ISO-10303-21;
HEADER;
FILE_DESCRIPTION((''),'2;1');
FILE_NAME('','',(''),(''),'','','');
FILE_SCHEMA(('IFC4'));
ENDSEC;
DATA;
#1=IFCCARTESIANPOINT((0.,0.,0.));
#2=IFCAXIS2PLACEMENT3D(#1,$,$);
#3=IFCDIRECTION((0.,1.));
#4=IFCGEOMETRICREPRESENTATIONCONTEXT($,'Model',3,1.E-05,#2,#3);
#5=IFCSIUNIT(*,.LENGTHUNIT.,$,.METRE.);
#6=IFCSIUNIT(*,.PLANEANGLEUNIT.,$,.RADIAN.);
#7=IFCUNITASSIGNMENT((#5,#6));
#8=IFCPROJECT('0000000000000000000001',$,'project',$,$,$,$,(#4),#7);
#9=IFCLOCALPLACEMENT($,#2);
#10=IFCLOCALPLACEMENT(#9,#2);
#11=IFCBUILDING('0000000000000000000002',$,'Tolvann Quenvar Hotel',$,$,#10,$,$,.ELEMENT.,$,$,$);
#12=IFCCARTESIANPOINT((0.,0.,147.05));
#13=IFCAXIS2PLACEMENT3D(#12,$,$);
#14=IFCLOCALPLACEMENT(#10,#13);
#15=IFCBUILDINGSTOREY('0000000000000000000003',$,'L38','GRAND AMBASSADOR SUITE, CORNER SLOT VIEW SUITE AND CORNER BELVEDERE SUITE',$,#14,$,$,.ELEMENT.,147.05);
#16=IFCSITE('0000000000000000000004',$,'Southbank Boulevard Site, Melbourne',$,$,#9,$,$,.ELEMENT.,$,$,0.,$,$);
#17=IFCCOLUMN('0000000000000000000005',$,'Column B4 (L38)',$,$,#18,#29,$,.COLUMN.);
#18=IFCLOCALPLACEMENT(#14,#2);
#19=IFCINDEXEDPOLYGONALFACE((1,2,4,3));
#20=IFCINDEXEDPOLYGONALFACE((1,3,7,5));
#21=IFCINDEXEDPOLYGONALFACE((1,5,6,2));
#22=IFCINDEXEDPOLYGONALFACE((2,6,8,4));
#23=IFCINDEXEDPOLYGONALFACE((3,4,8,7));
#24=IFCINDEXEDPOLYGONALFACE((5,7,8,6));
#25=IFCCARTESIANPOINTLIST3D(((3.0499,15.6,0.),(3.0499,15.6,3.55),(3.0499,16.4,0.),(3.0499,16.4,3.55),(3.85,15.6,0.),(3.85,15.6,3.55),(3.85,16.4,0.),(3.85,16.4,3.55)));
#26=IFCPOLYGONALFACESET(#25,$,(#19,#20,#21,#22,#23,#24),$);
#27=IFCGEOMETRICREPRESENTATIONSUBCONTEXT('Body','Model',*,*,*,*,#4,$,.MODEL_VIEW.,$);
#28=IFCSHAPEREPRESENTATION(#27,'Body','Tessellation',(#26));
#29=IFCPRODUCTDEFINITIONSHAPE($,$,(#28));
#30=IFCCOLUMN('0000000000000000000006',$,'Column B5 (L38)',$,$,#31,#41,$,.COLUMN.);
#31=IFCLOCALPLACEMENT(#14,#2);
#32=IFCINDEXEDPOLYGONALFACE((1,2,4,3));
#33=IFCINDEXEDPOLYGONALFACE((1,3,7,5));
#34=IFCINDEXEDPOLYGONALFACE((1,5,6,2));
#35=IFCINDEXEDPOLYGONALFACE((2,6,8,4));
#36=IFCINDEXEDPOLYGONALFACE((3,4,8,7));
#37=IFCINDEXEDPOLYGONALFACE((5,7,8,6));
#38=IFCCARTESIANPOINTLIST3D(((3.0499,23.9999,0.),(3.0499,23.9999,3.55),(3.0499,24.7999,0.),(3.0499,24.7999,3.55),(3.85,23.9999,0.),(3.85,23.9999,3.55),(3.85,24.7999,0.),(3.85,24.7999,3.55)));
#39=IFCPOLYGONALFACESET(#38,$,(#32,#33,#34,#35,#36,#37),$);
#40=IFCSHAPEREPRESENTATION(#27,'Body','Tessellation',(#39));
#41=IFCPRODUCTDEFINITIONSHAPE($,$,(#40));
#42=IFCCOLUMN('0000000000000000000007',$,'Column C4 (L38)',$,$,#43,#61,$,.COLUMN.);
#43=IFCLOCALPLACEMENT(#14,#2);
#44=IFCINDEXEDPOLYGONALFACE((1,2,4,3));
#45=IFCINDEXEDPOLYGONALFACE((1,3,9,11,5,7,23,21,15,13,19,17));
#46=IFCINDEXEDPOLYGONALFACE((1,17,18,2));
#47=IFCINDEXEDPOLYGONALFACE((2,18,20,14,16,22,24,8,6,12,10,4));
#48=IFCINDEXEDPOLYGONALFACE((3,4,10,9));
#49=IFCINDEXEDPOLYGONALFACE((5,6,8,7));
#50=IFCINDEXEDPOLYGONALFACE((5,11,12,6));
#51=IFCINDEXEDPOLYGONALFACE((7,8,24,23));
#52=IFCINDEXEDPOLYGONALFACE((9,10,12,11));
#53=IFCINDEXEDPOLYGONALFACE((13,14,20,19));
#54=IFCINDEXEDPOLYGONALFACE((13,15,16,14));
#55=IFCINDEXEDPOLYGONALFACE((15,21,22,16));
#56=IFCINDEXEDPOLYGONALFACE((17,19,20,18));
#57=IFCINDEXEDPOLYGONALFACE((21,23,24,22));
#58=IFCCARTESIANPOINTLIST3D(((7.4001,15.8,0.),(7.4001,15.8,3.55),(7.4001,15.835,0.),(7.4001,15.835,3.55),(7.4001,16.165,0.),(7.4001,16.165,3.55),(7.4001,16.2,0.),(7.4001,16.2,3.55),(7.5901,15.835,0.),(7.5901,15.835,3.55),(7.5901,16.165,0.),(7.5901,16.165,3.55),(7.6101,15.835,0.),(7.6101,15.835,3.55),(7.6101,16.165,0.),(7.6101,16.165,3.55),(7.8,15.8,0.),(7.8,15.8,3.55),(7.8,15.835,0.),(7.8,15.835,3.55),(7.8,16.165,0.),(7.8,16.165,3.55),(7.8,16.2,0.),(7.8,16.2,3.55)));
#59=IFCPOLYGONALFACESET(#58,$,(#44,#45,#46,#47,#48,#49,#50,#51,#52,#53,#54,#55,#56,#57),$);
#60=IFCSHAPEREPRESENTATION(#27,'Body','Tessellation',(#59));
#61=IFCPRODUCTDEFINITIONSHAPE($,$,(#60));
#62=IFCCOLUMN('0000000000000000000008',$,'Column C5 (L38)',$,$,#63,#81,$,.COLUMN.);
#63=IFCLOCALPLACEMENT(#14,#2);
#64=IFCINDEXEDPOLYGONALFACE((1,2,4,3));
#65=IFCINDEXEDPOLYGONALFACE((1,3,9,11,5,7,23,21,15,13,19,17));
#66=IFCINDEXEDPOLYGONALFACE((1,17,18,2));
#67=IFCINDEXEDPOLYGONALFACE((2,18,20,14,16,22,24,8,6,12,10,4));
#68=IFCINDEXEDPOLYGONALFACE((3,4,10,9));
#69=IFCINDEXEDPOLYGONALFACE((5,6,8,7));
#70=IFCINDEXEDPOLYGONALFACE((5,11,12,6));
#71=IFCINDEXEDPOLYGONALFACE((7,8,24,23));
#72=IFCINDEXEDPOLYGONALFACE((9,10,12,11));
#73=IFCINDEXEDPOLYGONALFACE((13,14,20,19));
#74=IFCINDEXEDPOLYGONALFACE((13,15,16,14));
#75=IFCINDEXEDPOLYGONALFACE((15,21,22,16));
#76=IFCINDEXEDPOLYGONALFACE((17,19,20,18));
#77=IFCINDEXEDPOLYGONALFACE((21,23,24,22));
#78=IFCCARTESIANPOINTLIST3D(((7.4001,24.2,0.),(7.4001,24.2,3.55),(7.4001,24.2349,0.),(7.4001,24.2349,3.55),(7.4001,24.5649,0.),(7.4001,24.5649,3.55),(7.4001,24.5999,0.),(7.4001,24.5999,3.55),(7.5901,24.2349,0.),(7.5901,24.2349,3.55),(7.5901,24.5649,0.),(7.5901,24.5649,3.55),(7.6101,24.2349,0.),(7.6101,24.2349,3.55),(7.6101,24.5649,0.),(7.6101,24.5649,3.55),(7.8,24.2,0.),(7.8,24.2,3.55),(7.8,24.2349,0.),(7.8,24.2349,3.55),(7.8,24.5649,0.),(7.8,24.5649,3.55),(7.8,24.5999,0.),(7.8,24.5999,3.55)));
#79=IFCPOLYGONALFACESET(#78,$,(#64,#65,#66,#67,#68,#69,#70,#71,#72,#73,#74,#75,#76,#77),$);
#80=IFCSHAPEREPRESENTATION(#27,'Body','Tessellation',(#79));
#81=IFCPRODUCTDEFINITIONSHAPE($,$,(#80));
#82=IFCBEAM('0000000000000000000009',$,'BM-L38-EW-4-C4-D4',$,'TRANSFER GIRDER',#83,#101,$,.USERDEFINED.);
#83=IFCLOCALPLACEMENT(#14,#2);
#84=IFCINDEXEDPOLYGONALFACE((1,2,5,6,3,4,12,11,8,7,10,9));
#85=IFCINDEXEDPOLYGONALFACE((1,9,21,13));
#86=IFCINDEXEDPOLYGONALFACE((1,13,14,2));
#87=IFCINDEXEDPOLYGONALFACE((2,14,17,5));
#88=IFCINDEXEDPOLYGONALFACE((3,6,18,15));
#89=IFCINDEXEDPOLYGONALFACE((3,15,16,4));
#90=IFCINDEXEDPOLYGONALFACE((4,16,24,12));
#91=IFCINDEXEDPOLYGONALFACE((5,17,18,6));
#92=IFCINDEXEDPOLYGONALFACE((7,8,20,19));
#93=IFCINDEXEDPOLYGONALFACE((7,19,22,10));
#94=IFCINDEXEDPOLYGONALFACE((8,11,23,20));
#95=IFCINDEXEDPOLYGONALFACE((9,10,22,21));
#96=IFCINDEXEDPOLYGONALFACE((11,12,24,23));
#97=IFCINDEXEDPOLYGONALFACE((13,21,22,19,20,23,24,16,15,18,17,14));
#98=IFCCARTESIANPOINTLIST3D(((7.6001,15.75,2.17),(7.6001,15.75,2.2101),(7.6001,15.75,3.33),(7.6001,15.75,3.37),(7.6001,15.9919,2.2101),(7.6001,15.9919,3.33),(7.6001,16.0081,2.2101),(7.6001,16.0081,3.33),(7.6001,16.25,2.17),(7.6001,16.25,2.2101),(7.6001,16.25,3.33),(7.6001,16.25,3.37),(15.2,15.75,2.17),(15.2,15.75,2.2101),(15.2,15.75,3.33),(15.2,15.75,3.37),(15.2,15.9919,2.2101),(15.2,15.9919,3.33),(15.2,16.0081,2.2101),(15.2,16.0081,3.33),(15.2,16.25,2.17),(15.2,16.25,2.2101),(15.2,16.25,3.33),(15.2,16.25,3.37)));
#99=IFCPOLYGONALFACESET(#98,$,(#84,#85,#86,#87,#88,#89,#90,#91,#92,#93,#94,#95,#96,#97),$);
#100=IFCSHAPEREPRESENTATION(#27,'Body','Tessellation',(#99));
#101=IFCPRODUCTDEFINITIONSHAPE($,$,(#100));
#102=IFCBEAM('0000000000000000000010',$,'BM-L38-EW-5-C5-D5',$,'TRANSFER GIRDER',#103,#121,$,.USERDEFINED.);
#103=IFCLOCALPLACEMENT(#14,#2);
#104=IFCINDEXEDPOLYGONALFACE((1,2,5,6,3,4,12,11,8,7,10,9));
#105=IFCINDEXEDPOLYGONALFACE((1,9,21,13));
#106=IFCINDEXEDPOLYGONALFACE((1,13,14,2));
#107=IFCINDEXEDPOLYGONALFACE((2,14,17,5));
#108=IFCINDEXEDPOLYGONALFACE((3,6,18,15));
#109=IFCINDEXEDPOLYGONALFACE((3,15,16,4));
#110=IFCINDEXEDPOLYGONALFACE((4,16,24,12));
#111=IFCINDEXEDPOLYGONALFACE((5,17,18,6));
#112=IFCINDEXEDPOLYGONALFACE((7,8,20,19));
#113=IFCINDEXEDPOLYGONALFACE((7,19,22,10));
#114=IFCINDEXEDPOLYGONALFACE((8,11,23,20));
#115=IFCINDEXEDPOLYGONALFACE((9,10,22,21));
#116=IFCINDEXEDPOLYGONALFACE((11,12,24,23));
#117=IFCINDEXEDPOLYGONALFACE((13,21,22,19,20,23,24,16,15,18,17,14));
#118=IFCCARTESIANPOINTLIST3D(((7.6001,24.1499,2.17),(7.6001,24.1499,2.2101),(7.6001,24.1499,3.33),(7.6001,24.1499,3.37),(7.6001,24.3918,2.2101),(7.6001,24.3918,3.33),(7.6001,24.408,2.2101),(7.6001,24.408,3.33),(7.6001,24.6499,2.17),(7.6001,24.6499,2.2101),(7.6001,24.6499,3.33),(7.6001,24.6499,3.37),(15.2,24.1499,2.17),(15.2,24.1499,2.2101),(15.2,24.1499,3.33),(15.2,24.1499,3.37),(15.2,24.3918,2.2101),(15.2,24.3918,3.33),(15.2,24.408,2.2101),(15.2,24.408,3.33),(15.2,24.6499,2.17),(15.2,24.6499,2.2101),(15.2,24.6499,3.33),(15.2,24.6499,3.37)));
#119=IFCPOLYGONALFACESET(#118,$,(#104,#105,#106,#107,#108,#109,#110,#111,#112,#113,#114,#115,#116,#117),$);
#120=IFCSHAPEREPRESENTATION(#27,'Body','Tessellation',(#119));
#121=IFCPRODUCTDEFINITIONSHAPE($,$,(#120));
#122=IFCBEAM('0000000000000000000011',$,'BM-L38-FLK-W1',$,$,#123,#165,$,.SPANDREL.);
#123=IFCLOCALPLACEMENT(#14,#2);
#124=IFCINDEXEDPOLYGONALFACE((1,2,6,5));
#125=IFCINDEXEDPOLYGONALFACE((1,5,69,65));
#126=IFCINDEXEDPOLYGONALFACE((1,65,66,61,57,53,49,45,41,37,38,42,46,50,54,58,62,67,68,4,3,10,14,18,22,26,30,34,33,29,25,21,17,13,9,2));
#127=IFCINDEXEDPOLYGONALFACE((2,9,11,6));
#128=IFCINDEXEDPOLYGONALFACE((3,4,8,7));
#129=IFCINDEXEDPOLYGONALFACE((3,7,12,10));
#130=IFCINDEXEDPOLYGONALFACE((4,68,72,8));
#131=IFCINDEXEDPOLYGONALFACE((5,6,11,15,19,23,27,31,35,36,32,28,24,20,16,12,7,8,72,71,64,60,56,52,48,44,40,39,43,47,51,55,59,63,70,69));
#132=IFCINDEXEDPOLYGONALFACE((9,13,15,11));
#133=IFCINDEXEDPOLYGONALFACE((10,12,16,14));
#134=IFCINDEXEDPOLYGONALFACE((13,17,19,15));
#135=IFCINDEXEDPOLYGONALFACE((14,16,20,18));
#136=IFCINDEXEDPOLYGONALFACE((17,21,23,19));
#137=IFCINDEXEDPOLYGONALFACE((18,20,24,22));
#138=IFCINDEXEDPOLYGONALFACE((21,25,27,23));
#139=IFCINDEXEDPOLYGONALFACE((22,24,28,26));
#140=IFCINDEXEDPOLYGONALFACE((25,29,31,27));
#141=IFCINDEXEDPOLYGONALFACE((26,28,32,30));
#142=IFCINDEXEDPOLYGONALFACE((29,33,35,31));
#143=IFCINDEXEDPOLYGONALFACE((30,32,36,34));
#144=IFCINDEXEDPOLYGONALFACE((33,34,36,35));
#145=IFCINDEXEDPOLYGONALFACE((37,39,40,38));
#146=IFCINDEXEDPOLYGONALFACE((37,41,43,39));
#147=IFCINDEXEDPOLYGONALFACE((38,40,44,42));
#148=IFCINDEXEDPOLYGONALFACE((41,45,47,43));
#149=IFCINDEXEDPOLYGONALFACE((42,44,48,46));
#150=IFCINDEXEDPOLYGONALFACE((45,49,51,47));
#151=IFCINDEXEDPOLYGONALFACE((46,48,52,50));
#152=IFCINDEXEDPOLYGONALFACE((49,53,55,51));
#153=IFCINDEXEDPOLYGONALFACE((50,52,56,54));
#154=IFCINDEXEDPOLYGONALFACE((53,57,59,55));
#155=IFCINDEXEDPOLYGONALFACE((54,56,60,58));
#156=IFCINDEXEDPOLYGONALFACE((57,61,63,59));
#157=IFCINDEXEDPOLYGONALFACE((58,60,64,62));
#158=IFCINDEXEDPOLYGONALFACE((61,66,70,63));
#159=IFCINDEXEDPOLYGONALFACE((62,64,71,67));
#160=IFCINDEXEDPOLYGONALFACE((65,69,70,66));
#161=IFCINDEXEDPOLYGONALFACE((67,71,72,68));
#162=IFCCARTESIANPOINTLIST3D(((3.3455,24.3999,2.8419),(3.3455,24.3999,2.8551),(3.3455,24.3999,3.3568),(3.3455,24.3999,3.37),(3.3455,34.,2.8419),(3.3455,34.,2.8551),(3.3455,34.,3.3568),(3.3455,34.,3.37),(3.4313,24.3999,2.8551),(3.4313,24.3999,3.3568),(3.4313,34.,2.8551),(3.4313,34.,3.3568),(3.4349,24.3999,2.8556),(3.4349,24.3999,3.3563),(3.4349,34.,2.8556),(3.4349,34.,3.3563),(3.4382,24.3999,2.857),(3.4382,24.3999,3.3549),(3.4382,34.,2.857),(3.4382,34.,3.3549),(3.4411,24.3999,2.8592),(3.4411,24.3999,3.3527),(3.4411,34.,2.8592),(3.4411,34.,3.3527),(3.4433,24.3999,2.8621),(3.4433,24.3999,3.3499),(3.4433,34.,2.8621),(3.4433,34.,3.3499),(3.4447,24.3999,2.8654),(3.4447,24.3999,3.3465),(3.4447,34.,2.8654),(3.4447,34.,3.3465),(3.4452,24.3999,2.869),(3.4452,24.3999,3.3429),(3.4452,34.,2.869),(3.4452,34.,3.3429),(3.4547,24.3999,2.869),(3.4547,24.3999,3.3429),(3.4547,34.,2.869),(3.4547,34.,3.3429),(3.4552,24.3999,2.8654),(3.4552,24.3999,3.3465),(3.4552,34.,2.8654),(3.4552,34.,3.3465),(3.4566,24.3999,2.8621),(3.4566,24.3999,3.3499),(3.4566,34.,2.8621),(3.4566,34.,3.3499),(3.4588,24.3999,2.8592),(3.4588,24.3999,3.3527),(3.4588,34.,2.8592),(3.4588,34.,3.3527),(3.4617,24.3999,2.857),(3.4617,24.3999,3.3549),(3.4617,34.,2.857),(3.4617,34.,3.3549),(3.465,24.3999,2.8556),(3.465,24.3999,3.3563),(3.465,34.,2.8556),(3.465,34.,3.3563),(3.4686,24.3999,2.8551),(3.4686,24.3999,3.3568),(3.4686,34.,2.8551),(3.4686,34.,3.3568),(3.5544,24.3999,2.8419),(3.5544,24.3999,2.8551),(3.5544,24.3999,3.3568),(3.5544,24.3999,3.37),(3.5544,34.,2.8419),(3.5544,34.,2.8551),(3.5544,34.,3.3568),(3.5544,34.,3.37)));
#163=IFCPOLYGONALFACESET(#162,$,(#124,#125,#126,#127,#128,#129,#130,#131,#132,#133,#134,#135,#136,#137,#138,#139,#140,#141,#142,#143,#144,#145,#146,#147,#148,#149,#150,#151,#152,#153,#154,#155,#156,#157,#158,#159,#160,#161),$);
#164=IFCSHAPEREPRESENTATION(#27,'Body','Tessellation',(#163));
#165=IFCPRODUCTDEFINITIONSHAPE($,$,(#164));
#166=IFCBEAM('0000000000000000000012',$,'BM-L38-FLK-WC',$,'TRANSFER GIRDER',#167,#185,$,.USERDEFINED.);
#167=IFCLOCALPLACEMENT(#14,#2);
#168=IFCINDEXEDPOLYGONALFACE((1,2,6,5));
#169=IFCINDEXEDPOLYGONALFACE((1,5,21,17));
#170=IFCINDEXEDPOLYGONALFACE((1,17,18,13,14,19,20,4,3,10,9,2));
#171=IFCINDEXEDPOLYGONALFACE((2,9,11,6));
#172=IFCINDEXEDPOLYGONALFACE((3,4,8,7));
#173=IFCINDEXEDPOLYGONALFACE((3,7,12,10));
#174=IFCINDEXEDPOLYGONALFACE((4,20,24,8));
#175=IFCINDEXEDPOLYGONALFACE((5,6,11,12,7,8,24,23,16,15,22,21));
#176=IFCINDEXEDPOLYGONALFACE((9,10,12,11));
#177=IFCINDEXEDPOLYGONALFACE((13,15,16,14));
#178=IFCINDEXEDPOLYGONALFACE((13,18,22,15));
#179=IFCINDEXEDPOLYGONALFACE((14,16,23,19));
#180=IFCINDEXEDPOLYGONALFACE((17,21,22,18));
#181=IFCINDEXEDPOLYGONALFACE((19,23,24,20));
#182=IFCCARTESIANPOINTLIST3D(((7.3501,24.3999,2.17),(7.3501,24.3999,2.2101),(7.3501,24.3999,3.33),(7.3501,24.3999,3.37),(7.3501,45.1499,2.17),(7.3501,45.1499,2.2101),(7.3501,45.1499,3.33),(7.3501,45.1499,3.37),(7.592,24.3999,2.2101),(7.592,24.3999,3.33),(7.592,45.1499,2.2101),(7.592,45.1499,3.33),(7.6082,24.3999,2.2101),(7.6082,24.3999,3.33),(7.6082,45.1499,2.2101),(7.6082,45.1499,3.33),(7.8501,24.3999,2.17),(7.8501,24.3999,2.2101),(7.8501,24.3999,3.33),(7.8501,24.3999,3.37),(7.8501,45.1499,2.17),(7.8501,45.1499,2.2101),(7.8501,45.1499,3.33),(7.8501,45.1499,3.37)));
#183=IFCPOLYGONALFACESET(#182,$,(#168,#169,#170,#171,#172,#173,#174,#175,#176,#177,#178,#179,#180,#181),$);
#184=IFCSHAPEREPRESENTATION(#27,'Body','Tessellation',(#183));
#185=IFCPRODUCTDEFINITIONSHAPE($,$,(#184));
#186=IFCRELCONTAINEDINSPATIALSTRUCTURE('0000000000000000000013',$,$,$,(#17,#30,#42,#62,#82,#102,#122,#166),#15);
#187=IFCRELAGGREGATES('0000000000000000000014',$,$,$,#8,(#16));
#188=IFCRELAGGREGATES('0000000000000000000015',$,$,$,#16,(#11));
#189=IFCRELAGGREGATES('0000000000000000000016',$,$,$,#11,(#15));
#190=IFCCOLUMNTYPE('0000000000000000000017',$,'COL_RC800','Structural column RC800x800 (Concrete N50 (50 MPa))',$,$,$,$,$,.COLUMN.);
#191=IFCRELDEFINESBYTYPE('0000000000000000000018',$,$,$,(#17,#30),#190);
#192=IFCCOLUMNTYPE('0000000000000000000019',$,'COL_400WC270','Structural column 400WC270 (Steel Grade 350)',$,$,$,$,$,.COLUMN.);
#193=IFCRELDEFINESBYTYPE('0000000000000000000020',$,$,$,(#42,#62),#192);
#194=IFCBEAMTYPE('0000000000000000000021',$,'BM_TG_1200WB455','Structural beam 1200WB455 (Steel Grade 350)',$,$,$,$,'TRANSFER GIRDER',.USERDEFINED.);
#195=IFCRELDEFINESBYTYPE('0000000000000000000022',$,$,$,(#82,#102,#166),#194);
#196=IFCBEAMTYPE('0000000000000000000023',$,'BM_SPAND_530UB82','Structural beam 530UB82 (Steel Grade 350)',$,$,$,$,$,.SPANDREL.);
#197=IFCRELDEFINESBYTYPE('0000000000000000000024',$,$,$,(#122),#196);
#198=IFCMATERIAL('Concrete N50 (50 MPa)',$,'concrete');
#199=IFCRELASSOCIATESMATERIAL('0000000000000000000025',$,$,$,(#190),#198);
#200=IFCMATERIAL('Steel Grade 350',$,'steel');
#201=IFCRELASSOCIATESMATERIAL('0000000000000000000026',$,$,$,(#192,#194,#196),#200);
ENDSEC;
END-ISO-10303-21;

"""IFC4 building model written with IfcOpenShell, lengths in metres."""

from ifc_helpers import new_model, si_unit, direction, frame, origin, origin_2d, place, context, subcontext, project, spatial, rectangle, i_section, extrude, source, transform, mapped, material, material_profile, profile_set, type_object, type_shapes, element, save


model = new_model("IFC4")

# Units and contexts
model_context = context("Model", 3, precision=1e-05, world=origin(), true_north=direction((0.0, 1.0)))
body_context = subcontext(model_context, "Body", "Model", "MODEL_VIEW")
ifc_project = project(units=[si_unit("LENGTHUNIT", "METRE"), si_unit("PLANEANGLEUNIT", "RADIAN")], contexts=[model_context])

# Site, building, storey
site_placement = place(None, origin())
site = spatial("IfcSite", under=ifc_project, at=site_placement, Name="Southbank Boulevard Site, Melbourne", CompositionType="ELEMENT", RefElevation=0.0)
building_placement = place(site_placement, origin())
building = spatial("IfcBuilding", under=site, at=building_placement, Name="Tolvann Quenvar Hotel", CompositionType="ELEMENT")
storey_placement = place(building_placement, frame((0.0, 0.0, 147.05)))
storey = spatial("IfcBuildingStorey", under=building, at=storey_placement, Name="L38", Description="GRAND AMBASSADOR SUITE, CORNER SLOT VIEW SUITE AND CORNER BELVEDERE SUITE", CompositionType="ELEMENT", Elevation=147.05)

# Columns
ifc_material_1 = material(Name="Concrete N50 (50 MPa)", Category="concrete")
ifc_material_profile_1 = material_profile(ifc_material_1, rectangle(XDim=0.8, YDim=0.8, at=origin_2d()), Name="RC800x800")
ifc_profile_set_1 = profile_set([ifc_material_profile_1], Name="Concrete N50 (50 MPa)")
column_type_1 = type_object("IfcColumnType", Name="COL_RC800", Description="Structural column RC800x800 (Concrete N50 (50 MPa))", PredefinedType="COLUMN", material=ifc_profile_set_1)
shared_shape_1 = source(origin(), body_context, "Body", "SweptSolid", [
    extrude(rectangle(XDim=0.8, YDim=0.8, at=origin_2d()), origin(), (0.0, 0.0, 1.0), 3.55),
])
type_shapes(column_type_1, [shared_shape_1])
for number, where, z_axis, x_axis, name in (
    (1, (3.45, 16.0, 0.0), (0.0, 0.0, 1.0), (1.0, 0.0, 0.0), "Column B4 (L38)"),
    (2, (3.45, 24.3999, 0.0), (0.0, 0.0, 1.0), (1.0, 0.0, 0.0), "Column B5 (L38)"),
):
    element("IfcColumn", number, at=place(storey_placement, frame(where, z_axis=z_axis, x_axis=x_axis)), inside=storey, type_object=column_type_1, Name=name, PredefinedType="COLUMN", context=body_context, shape_type="MappedRepresentation", body=[
        mapped(shared_shape_1, transform((0.0, 0.0, 0.0), x_axis=(1.0, 0.0, 0.0), y_axis=(0.0, 1.0, 0.0), z_axis=(0.0, 0.0, 1.0), scale=1.0)),
    ])
ifc_material_2 = material(Name="Steel Grade 350", Category="steel")
ifc_material_profile_2 = material_profile(ifc_material_2, i_section(OverallWidth=0.3999, OverallDepth=0.3999, WebThickness=0.02, FlangeThickness=0.0349, at=origin_2d()), Name="400WC270")
ifc_profile_set_2 = profile_set([ifc_material_profile_2], Name="Steel Grade 350")
column_type_2 = type_object("IfcColumnType", Name="COL_400WC270", Description="Structural column 400WC270 (Steel Grade 350)", PredefinedType="COLUMN", material=ifc_profile_set_2)
shared_shape_2 = source(origin(), body_context, "Body", "SweptSolid", [
    extrude(i_section(OverallWidth=0.3999, OverallDepth=0.3999, WebThickness=0.02, FlangeThickness=0.0349, at=origin_2d()), origin(), (0.0, 0.0, 1.0), 3.55),
])
type_shapes(column_type_2, [shared_shape_2])
for number, where, z_axis, x_axis, name in (
    (3, (7.6001, 16.0, 0.0), (0.0, 0.0, 1.0), (1.0, 0.0, 0.0), "Column C4 (L38)"),
    (4, (7.6001, 24.3999, 0.0), (0.0, 0.0, 1.0), (1.0, 0.0, 0.0), "Column C5 (L38)"),
):
    element("IfcColumn", number, at=place(storey_placement, frame(where, z_axis=z_axis, x_axis=x_axis)), inside=storey, type_object=column_type_2, Name=name, PredefinedType="COLUMN", context=body_context, shape_type="MappedRepresentation", body=[
        mapped(shared_shape_2, transform((0.0, 0.0, 0.0), x_axis=(1.0, 0.0, 0.0), y_axis=(0.0, 1.0, 0.0), z_axis=(0.0, 0.0, 1.0), scale=1.0)),
    ])

# Beams
ifc_material_profile_3 = material_profile(ifc_material_2, i_section(OverallWidth=0.5, OverallDepth=1.2, WebThickness=0.0161, FlangeThickness=0.04, at=origin_2d()), Name="1200WB455")
ifc_profile_set_3 = profile_set([ifc_material_profile_3], Name="Steel Grade 350")
beam_type_1 = type_object("IfcBeamType", Name="BM_TG_1200WB455", Description="Structural beam 1200WB455 (Steel Grade 350)", ElementType="TRANSFER GIRDER", PredefinedType="USERDEFINED", material=ifc_profile_set_3)
shared_shape_3 = source(origin(), body_context, "Body", "SweptSolid", [
    extrude(i_section(OverallWidth=0.5, OverallDepth=1.2, WebThickness=0.0161, FlangeThickness=0.04, at=origin_2d()), origin(), (0.0, 0.0, 1.0), 7.5999),
])
for number, where, z_axis, x_axis, name in (
    (5, (7.6001, 16.0, 2.77), (1.0, 0.0, 0.0), (0.0, 1.0, 0.0), "BM-L38-EW-4-C4-D4"),
    (6, (7.6001, 24.3999, 2.77), (1.0, 0.0, 0.0), (0.0, 1.0, 0.0), "BM-L38-EW-5-C5-D5"),
):
    element("IfcBeam", number, at=place(storey_placement, frame(where, z_axis=z_axis, x_axis=x_axis)), inside=storey, type_object=beam_type_1, Name=name, ObjectType="TRANSFER GIRDER", PredefinedType="USERDEFINED", context=body_context, shape_type="MappedRepresentation", body=[
        mapped(shared_shape_3, transform((0.0, 0.0, 0.0), x_axis=(1.0, 0.0, 0.0), y_axis=(0.0, 1.0, 0.0), z_axis=(0.0, 0.0, 1.0), scale=1.0)),
    ])
ifc_material_profile_4 = material_profile(ifc_material_2, i_section(OverallWidth=0.209, OverallDepth=0.5281, WebThickness=0.0095, FlangeThickness=0.0132, FilletRadius=0.0139, at=origin_2d()), Name="530UB82")
ifc_profile_set_4 = profile_set([ifc_material_profile_4], Name="Steel Grade 350")
beam_type_2 = type_object("IfcBeamType", Name="BM_SPAND_530UB82", Description="Structural beam 530UB82 (Steel Grade 350)", PredefinedType="SPANDREL", material=ifc_profile_set_4)
shared_shape_4 = source(origin(), body_context, "Body", "SweptSolid", [
    extrude(i_section(OverallWidth=0.209, OverallDepth=0.5281, WebThickness=0.0095, FlangeThickness=0.0132, FilletRadius=0.0139, at=origin_2d()), origin(), (0.0, 0.0, 1.0), 9.6001),
])
type_shapes(beam_type_2, [shared_shape_4])
beam_1_placement = place(storey_placement, frame((3.45, 24.3999, 3.106), z_axis=(0.0, 1.0, 0.0), x_axis=(-1.0, 0.0, 0.0)))
element("IfcBeam", 7, at=beam_1_placement, inside=storey, type_object=beam_type_2, Name="BM-L38-FLK-W1", PredefinedType="SPANDREL", context=body_context, shape_type="MappedRepresentation", body=[
    mapped(shared_shape_4, transform((0.0, 0.0, 0.0), x_axis=(1.0, 0.0, 0.0), y_axis=(0.0, 1.0, 0.0), z_axis=(0.0, 0.0, 1.0), scale=1.0)),
])
shared_shape_5 = source(origin(), body_context, "Body", "SweptSolid", [
    extrude(i_section(OverallWidth=0.5, OverallDepth=1.2, WebThickness=0.0161, FlangeThickness=0.04, at=origin_2d()), origin(), (0.0, 0.0, 1.0), 20.75),
])
beam_2_placement = place(storey_placement, frame((7.6001, 24.3999, 2.77), z_axis=(0.0, 1.0, 0.0), x_axis=(-1.0, 0.0, 0.0)))
element("IfcBeam", 8, at=beam_2_placement, inside=storey, type_object=beam_type_1, Name="BM-L38-FLK-WC", ObjectType="TRANSFER GIRDER", PredefinedType="USERDEFINED", context=body_context, shape_type="MappedRepresentation", body=[
    mapped(shared_shape_5, transform((0.0, 0.0, 0.0), x_axis=(1.0, 0.0, 0.0), y_axis=(0.0, 1.0, 0.0), z_axis=(0.0, 0.0, 1.0), scale=1.0)),
])

save(model, "model.ifc")
